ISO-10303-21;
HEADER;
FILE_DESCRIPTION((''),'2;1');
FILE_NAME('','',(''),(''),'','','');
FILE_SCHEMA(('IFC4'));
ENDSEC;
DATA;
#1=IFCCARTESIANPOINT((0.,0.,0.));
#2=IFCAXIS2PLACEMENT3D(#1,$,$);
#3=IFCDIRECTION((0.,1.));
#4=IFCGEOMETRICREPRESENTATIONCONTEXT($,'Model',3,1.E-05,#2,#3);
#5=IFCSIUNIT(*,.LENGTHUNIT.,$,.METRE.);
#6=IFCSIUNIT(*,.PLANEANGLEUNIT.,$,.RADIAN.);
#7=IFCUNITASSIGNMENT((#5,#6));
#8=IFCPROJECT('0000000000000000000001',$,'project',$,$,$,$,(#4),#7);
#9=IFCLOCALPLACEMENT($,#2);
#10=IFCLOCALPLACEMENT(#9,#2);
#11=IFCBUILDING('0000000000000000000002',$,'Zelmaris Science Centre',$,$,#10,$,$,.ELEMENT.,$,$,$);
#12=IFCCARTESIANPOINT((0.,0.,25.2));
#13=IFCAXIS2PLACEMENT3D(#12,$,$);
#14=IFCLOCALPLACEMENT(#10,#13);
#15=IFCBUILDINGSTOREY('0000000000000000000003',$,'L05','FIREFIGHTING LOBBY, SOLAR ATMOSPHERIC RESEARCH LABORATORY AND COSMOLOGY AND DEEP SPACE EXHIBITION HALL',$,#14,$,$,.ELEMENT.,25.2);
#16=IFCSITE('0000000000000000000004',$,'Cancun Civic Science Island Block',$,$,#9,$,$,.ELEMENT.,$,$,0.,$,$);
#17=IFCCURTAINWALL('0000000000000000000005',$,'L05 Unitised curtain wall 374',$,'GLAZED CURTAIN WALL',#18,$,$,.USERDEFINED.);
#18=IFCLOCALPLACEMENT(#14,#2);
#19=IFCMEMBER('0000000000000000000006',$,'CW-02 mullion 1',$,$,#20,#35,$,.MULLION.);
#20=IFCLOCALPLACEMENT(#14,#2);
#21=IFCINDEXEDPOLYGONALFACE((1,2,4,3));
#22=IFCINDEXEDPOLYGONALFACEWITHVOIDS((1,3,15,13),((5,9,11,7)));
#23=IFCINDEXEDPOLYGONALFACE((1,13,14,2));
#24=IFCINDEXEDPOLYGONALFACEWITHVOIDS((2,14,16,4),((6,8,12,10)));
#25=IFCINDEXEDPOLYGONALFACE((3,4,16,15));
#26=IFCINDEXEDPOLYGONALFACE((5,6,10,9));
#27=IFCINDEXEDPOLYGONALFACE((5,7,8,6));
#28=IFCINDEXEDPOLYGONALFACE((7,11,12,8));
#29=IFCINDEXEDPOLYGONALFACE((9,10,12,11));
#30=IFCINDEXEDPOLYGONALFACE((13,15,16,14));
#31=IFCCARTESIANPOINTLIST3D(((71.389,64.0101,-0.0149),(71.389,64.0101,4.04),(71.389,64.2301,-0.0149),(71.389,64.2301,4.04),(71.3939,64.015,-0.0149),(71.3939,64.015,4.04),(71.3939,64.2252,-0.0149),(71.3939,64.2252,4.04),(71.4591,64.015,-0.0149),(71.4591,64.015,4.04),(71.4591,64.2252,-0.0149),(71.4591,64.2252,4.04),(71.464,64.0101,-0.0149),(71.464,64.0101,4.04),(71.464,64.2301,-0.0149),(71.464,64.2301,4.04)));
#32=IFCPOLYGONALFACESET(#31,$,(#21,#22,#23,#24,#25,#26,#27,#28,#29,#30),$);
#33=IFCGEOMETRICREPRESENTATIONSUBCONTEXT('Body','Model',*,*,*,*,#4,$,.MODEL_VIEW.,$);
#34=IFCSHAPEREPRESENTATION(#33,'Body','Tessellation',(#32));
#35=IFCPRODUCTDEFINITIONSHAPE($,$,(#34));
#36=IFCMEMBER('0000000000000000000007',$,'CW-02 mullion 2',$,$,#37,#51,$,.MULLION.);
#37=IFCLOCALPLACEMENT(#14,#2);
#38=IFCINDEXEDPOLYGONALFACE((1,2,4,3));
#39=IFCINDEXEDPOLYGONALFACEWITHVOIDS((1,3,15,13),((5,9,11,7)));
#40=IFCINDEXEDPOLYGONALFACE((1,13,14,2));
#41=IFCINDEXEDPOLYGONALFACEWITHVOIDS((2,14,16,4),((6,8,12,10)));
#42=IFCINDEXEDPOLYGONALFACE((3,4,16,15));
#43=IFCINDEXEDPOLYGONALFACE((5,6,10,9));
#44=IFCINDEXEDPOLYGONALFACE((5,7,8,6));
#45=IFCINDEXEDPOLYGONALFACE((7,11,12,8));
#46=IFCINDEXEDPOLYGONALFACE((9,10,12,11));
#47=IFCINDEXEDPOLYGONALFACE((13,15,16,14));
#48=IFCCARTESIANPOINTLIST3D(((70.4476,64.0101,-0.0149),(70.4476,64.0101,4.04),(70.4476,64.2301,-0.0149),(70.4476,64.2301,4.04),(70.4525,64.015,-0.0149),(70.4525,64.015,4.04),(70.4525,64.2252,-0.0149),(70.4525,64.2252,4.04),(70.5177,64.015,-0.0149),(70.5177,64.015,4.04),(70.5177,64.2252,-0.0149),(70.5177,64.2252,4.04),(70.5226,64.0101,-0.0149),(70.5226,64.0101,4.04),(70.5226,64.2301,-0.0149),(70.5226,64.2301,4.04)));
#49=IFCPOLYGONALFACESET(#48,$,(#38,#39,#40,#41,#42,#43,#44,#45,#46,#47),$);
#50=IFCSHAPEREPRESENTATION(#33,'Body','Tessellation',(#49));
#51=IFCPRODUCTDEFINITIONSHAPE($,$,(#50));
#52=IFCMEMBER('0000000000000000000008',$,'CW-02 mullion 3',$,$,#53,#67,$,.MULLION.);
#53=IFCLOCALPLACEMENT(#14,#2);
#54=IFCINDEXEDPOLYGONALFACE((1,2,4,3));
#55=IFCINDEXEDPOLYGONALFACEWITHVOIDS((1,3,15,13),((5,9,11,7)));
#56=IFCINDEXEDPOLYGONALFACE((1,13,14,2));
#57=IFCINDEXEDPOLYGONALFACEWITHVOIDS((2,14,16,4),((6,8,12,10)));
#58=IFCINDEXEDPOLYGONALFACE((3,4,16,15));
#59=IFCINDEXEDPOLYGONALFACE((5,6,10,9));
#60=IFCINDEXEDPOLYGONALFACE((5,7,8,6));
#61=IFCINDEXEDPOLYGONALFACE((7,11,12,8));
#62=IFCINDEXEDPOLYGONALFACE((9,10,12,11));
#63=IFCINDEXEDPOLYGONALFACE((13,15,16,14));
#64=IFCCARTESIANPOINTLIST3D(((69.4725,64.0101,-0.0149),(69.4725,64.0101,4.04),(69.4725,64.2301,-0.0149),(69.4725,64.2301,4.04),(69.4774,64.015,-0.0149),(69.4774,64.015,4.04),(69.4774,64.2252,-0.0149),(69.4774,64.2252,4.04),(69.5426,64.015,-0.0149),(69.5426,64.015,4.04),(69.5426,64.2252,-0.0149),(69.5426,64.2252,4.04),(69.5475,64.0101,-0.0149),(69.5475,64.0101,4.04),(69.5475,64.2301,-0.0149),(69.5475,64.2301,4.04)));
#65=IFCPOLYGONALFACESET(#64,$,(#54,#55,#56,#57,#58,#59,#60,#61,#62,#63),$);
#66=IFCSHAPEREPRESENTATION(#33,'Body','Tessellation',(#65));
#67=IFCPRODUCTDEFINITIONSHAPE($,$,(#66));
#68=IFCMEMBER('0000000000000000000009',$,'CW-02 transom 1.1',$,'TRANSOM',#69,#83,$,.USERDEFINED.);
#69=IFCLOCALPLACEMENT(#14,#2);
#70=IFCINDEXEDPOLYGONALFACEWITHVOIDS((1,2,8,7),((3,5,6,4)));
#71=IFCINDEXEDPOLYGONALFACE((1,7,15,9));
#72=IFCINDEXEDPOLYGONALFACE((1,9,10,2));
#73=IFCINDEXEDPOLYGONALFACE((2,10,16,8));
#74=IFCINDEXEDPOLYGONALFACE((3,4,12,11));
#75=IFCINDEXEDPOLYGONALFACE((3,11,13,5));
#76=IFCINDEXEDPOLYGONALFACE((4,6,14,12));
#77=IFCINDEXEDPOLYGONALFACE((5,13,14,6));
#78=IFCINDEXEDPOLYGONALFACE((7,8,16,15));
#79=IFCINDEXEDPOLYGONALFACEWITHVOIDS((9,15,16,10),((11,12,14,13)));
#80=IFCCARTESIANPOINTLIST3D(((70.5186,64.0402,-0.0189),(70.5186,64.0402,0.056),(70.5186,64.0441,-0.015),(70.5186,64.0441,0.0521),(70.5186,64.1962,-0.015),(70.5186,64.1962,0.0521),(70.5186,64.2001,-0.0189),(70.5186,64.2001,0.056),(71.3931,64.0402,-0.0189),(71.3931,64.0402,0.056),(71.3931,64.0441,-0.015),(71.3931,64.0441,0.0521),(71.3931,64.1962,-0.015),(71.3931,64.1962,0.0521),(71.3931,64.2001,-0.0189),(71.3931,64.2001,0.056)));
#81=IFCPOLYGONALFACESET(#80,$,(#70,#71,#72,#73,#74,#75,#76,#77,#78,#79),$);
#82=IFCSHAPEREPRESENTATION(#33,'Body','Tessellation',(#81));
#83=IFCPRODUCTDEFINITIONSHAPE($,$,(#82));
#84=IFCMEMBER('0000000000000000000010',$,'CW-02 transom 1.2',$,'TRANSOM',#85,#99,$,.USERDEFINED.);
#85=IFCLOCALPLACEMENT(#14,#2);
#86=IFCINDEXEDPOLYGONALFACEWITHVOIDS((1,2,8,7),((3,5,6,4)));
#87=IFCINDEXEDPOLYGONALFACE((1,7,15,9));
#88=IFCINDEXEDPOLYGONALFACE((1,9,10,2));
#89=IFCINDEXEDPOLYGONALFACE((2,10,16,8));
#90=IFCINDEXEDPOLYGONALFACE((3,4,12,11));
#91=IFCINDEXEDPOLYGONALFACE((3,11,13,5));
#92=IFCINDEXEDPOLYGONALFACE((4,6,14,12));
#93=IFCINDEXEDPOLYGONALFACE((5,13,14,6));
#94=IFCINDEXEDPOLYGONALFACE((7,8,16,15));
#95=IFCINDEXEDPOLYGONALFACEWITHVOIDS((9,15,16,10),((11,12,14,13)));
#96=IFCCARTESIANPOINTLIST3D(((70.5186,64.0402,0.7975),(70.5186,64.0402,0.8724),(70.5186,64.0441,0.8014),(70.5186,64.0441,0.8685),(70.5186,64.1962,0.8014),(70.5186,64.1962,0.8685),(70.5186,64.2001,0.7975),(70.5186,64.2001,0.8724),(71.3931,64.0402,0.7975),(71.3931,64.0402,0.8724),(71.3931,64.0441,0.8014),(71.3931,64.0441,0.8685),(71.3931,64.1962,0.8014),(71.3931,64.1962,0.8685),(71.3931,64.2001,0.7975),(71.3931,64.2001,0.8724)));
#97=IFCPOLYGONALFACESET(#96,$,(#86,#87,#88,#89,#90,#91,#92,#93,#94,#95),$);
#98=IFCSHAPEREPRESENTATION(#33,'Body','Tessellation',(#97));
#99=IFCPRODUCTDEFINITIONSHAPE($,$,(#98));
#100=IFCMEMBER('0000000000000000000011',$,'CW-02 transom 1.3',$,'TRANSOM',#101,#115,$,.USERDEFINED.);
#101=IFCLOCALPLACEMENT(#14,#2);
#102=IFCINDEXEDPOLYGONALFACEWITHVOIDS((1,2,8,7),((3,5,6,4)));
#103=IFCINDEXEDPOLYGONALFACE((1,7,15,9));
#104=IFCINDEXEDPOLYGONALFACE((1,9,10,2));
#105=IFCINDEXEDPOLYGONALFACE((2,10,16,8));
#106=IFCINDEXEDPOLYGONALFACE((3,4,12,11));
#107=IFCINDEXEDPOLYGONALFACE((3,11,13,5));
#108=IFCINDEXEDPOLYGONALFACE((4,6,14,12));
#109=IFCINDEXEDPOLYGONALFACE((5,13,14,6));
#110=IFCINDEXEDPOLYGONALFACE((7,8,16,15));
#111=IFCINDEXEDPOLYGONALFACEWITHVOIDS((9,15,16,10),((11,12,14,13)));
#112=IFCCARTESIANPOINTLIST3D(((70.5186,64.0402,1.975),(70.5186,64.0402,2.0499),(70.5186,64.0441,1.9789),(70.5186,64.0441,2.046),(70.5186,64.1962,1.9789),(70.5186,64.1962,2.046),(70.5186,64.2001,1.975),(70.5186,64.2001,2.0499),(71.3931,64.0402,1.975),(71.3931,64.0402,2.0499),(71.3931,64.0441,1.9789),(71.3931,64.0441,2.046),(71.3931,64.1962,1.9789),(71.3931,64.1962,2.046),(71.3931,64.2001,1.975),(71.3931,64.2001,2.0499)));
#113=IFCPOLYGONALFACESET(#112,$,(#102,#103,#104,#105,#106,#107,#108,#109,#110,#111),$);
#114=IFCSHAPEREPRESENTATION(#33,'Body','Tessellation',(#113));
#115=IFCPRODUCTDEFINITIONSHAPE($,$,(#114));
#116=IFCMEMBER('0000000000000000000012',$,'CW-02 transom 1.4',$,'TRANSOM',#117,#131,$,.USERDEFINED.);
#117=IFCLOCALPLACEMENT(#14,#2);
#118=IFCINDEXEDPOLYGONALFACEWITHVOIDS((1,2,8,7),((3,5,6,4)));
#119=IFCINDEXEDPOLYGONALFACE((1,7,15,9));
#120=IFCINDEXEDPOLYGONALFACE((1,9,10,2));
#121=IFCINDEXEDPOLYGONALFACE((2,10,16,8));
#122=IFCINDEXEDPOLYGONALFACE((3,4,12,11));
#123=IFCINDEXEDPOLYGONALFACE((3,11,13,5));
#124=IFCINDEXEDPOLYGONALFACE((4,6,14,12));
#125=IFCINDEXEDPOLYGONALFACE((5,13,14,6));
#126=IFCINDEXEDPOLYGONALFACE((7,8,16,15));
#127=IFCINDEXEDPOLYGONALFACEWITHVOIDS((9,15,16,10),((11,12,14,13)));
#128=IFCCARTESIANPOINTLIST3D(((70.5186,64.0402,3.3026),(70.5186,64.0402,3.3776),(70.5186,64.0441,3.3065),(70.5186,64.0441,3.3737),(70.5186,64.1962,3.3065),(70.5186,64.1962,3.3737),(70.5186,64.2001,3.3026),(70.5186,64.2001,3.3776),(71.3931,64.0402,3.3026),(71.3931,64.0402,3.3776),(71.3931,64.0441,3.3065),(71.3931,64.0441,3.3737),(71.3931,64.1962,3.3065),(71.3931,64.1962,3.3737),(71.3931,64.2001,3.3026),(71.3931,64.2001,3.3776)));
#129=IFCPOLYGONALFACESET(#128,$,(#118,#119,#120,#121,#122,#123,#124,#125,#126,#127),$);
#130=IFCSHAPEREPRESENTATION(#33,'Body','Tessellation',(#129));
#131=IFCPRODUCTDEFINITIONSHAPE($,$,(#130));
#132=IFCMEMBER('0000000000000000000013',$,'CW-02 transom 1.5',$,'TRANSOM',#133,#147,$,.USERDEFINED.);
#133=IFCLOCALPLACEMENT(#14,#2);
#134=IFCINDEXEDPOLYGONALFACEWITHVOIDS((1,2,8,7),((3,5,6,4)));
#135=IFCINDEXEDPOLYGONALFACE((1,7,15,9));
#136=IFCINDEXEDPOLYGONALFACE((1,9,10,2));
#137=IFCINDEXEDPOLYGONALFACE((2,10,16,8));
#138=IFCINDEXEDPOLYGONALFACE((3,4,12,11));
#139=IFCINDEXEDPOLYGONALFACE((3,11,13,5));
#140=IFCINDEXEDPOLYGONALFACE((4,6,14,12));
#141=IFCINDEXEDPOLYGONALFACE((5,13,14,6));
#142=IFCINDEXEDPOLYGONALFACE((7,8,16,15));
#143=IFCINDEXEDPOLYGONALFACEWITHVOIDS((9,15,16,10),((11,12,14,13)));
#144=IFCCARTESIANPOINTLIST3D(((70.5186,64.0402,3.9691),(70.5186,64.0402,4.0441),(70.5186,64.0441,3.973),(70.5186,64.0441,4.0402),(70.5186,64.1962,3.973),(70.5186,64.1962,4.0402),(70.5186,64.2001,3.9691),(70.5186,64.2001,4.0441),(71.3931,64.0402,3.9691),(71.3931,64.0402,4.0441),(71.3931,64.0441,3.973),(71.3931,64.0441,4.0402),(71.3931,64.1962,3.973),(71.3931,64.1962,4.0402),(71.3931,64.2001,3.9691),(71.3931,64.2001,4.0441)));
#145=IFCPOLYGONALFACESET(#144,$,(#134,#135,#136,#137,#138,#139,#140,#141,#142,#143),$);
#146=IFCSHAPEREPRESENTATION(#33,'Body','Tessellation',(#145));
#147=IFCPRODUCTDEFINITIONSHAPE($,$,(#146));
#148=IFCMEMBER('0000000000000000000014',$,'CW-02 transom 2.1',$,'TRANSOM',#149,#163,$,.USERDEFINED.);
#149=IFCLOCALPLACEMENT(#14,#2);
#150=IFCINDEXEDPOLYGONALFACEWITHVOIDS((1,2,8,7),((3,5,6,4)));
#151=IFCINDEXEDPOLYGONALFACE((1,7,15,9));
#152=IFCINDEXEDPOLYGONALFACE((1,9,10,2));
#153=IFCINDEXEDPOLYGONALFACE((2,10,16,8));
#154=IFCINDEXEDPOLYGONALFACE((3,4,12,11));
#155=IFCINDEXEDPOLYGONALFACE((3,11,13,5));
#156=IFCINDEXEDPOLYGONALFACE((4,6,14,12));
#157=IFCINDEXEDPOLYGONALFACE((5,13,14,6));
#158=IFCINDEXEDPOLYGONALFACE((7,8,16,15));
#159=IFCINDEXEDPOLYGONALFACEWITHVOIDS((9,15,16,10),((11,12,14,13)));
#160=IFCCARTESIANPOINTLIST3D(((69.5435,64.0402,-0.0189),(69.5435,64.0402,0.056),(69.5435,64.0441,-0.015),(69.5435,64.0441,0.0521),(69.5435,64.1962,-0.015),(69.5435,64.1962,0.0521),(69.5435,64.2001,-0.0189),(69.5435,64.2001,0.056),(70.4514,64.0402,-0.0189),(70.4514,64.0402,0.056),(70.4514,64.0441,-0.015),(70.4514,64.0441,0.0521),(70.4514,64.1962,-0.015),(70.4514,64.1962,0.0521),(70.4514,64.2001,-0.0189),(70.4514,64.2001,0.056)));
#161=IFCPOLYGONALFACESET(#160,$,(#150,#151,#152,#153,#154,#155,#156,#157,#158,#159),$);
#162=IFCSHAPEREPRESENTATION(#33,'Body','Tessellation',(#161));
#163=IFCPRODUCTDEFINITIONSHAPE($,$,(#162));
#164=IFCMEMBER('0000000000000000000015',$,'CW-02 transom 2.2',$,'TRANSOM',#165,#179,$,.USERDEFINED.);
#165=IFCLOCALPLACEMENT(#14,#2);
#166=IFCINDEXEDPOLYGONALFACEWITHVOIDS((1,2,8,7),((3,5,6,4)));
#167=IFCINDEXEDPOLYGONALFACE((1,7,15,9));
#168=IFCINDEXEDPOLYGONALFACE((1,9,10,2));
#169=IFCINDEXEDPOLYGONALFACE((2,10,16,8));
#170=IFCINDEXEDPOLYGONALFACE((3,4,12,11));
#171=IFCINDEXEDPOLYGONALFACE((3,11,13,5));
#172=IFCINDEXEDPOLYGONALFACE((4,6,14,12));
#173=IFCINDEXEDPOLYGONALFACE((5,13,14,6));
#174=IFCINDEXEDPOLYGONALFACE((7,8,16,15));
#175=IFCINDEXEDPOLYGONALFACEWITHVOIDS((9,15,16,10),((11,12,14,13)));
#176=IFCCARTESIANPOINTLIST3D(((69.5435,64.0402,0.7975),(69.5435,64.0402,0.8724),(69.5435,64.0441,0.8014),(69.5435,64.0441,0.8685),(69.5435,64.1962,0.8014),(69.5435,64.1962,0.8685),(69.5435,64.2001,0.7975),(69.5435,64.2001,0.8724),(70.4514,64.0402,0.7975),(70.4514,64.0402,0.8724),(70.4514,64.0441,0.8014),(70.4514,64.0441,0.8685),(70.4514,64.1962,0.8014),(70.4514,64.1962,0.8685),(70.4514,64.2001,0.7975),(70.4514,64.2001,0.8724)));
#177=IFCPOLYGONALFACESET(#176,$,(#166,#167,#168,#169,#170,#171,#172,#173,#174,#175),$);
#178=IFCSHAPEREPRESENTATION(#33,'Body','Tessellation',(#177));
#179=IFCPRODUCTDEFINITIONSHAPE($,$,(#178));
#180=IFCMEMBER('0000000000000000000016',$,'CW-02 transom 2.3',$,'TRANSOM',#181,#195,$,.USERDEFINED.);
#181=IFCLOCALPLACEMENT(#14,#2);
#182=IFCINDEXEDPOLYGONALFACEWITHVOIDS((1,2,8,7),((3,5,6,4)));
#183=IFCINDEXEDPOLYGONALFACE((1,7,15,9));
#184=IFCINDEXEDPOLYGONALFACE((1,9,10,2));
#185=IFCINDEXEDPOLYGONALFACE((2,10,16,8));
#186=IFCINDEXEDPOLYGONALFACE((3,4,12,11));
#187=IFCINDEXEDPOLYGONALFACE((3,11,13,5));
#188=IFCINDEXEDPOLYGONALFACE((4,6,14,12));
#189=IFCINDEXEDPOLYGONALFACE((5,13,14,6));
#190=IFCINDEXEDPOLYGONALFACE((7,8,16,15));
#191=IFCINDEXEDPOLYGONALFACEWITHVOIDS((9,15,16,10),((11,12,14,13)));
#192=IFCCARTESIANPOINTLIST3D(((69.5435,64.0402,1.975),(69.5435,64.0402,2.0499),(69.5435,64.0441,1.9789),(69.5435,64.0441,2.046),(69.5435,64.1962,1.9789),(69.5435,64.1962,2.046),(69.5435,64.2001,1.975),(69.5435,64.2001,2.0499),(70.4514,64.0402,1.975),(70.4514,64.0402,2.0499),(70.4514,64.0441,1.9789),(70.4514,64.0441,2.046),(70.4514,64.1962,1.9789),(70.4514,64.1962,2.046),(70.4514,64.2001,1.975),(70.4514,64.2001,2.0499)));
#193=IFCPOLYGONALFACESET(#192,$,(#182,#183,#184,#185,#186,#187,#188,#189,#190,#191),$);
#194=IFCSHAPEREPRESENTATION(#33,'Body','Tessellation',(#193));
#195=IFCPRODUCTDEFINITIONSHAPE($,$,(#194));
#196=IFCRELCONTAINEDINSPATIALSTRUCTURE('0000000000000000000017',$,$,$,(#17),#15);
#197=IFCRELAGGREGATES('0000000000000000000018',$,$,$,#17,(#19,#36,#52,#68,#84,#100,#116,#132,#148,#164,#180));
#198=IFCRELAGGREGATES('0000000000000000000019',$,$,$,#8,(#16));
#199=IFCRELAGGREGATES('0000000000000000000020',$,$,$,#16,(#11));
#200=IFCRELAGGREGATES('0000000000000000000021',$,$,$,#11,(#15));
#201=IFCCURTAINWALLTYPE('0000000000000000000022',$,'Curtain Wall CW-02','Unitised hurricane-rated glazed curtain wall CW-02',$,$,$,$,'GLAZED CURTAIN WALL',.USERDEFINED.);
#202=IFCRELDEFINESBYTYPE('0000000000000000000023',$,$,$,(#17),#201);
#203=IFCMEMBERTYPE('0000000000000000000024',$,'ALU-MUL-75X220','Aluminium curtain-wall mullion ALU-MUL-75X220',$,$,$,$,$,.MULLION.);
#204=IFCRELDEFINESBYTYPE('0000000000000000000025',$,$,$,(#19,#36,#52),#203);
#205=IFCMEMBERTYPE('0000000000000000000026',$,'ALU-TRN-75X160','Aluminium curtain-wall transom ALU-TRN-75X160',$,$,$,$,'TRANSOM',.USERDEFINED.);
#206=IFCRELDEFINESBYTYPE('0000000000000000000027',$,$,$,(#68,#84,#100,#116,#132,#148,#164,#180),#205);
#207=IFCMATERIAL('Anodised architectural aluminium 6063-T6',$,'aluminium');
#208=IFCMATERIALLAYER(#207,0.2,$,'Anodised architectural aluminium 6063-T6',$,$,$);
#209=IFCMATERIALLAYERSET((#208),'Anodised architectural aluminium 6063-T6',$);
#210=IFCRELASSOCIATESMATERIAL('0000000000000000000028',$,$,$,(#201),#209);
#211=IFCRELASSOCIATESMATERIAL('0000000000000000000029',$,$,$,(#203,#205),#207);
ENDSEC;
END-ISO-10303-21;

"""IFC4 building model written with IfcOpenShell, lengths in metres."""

from ifc_helpers import new_model, si_unit, direction, frame, origin, origin_2d, place, context, subcontext, project, spatial, hollow_rectangle, extrude, material, layer, layer_set, material_profile, profile_set, type_object, element, aggregate, save


model = new_model("IFC4")

# Units and contexts
model_context = context("Model", 3, precision=1e-05, world=origin(), true_north=direction((0.0, 1.0)))
body_context = subcontext(model_context, "Body", "Model", "MODEL_VIEW")
ifc_project = project(units=[si_unit("LENGTHUNIT", "METRE"), si_unit("PLANEANGLEUNIT", "RADIAN")], contexts=[model_context])

# Site, building, storey
site_placement = place(None, origin())
site = spatial("IfcSite", under=ifc_project, at=site_placement, Name="Cancun Civic Science Island Block", CompositionType="ELEMENT", RefElevation=0.0)
building_placement = place(site_placement, origin())
building = spatial("IfcBuilding", under=site, at=building_placement, Name="Zelmaris Science Centre", CompositionType="ELEMENT")
storey_placement = place(building_placement, frame((0.0, 0.0, 25.2)))
storey = spatial("IfcBuildingStorey", under=building, at=storey_placement, Name="L05", Description="FIREFIGHTING LOBBY, SOLAR ATMOSPHERIC RESEARCH LABORATORY AND COSMOLOGY AND DEEP SPACE EXHIBITION HALL", CompositionType="ELEMENT", Elevation=25.2)

# Curtain wall, members
ifc_material_1 = material(Name="Anodised architectural aluminium 6063-T6", Category="aluminium")
ifc_layer_1 = layer(ifc_material_1, 0.2, Name="Anodised architectural aluminium 6063-T6")
ifc_layer_set_1 = layer_set([ifc_layer_1], Name="Anodised architectural aluminium 6063-T6")
curtain_wall_type = type_object("IfcCurtainWallType", Name="Curtain Wall CW-02", Description="Unitised hurricane-rated glazed curtain wall CW-02", ElementType="GLAZED CURTAIN WALL", PredefinedType="USERDEFINED", material=ifc_layer_set_1)
curtain_wall_placement = place(storey_placement, origin())
curtain_wall = element("IfcCurtainWall", 1, at=curtain_wall_placement, inside=storey, type_object=curtain_wall_type, Name="L05 Unitised curtain wall 374", ObjectType="GLAZED CURTAIN WALL", PredefinedType="USERDEFINED")
ifc_material_profile_1 = material_profile(ifc_material_1, hollow_rectangle(XDim=0.075, YDim=0.22, WallThickness=0.0049, at=origin_2d()), Name="ALU-MUL-75X220")
ifc_profile_set_1 = profile_set([ifc_material_profile_1], Name="Anodised architectural aluminium 6063-T6")
member_type_1 = type_object("IfcMemberType", Name="ALU-MUL-75X220", Description="Aluminium curtain-wall mullion ALU-MUL-75X220", PredefinedType="MULLION", material=ifc_profile_set_1)
member_1_placement = place(storey_placement, frame((71.4265, 64.1201, -0.0149), z_axis=(0.0, 0.0, 1.0), x_axis=(-1.0, 0.000005, 0.0)))
member_1 = element("IfcMember", 2, at=member_1_placement, type_object=member_type_1, Name="CW-02 mullion 1", PredefinedType="MULLION", context=body_context, shape_type="SweptSolid", body=[
    extrude(hollow_rectangle(XDim=0.075, YDim=0.22, WallThickness=0.0049, at=origin_2d()), origin(), (0.0, 0.0, 1.0), 4.0549),
])
member_2_placement = place(storey_placement, frame((70.4851, 64.1201, -0.0149), z_axis=(0.0, 0.0, 1.0), x_axis=(-1.0, 0.000005, 0.0)))
member_2 = element("IfcMember", 3, at=member_2_placement, type_object=member_type_1, Name="CW-02 mullion 2", PredefinedType="MULLION", context=body_context, shape_type="SweptSolid", body=[
    extrude(hollow_rectangle(XDim=0.075, YDim=0.22, WallThickness=0.0049, at=origin_2d()), origin(), (0.0, 0.0, 1.0), 4.0549),
])
member_3_placement = place(storey_placement, frame((69.51, 64.1201, -0.0149), z_axis=(0.0, 0.0, 1.0), x_axis=(-1.0, 0.000005, 0.0)))
member_3 = element("IfcMember", 4, at=member_3_placement, type_object=member_type_1, Name="CW-02 mullion 3", PredefinedType="MULLION", context=body_context, shape_type="SweptSolid", body=[
    extrude(hollow_rectangle(XDim=0.075, YDim=0.22, WallThickness=0.0049, at=origin_2d()), origin(), (0.0, 0.0, 1.0), 4.0549),
])
ifc_material_profile_2 = material_profile(ifc_material_1, hollow_rectangle(XDim=0.075, YDim=0.1599, WallThickness=0.0039, at=origin_2d()), Name="ALU-TRN-75X160")
ifc_profile_set_2 = profile_set([ifc_material_profile_2], Name="Anodised architectural aluminium 6063-T6")
member_type_2 = type_object("IfcMemberType", Name="ALU-TRN-75X160", Description="Aluminium curtain-wall transom ALU-TRN-75X160", ElementType="TRANSOM", PredefinedType="USERDEFINED", material=ifc_profile_set_2)
member_4_placement = place(storey_placement, frame((71.3931, 64.1201, 0.0186), z_axis=(-1.0, 0.0, 0.0), x_axis=(0.0, 0.0, 1.0)))
member_4 = element("IfcMember", 5, at=member_4_placement, type_object=member_type_2, Name="CW-02 transom 1.1", ObjectType="TRANSOM", PredefinedType="USERDEFINED", context=body_context, shape_type="SweptSolid", body=[
    extrude(hollow_rectangle(XDim=0.075, YDim=0.1599, WallThickness=0.0039, at=origin_2d()), origin(), (0.0, 0.0, 1.0), 0.8745),
])
member_5_placement = place(storey_placement, frame((71.3931, 64.1201, 0.835), z_axis=(-1.0, 0.0, 0.0), x_axis=(0.0, 0.0, 1.0)))
member_5 = element("IfcMember", 6, at=member_5_placement, type_object=member_type_2, Name="CW-02 transom 1.2", ObjectType="TRANSOM", PredefinedType="USERDEFINED", context=body_context, shape_type="SweptSolid", body=[
    extrude(hollow_rectangle(XDim=0.075, YDim=0.1599, WallThickness=0.0039, at=origin_2d()), origin(), (0.0, 0.0, 1.0), 0.8745),
])
member_6_placement = place(storey_placement, frame((71.3931, 64.1201, 2.0125), z_axis=(-1.0, 0.0, 0.0), x_axis=(0.0, 0.0, 1.0)))
member_6 = element("IfcMember", 7, at=member_6_placement, type_object=member_type_2, Name="CW-02 transom 1.3", ObjectType="TRANSOM", PredefinedType="USERDEFINED", context=body_context, shape_type="SweptSolid", body=[
    extrude(hollow_rectangle(XDim=0.075, YDim=0.1599, WallThickness=0.0039, at=origin_2d()), origin(), (0.0, 0.0, 1.0), 0.8745),
])
member_7_placement = place(storey_placement, frame((71.3931, 64.1201, 3.3401), z_axis=(-1.0, 0.0, 0.0), x_axis=(0.0, 0.0, 1.0)))
member_7 = element("IfcMember", 8, at=member_7_placement, type_object=member_type_2, Name="CW-02 transom 1.4", ObjectType="TRANSOM", PredefinedType="USERDEFINED", context=body_context, shape_type="SweptSolid", body=[
    extrude(hollow_rectangle(XDim=0.075, YDim=0.1599, WallThickness=0.0039, at=origin_2d()), origin(), (0.0, 0.0, 1.0), 0.8745),
])
member_8_placement = place(storey_placement, frame((71.3931, 64.1201, 4.0066), z_axis=(-1.0, 0.0, 0.0), x_axis=(0.0, 0.0, 1.0)))
member_8 = element("IfcMember", 9, at=member_8_placement, type_object=member_type_2, Name="CW-02 transom 1.5", ObjectType="TRANSOM", PredefinedType="USERDEFINED", context=body_context, shape_type="SweptSolid", body=[
    extrude(hollow_rectangle(XDim=0.075, YDim=0.1599, WallThickness=0.0039, at=origin_2d()), origin(), (0.0, 0.0, 1.0), 0.8745),
])
member_9_placement = place(storey_placement, frame((70.4514, 64.1201, 0.0186), z_axis=(-1.0, 0.0, 0.0), x_axis=(0.0, 0.0, 1.0)))
member_9 = element("IfcMember", 10, at=member_9_placement, type_object=member_type_2, Name="CW-02 transom 2.1", ObjectType="TRANSOM", PredefinedType="USERDEFINED", context=body_context, shape_type="SweptSolid", body=[
    extrude(hollow_rectangle(XDim=0.075, YDim=0.1599, WallThickness=0.0039, at=origin_2d()), origin(), (0.0, 0.0, 1.0), 0.908),
])
member_10_placement = place(storey_placement, frame((70.4514, 64.1201, 0.835), z_axis=(-1.0, 0.0, 0.0), x_axis=(0.0, 0.0, 1.0)))
member_10 = element("IfcMember", 11, at=member_10_placement, type_object=member_type_2, Name="CW-02 transom 2.2", ObjectType="TRANSOM", PredefinedType="USERDEFINED", context=body_context, shape_type="SweptSolid", body=[
    extrude(hollow_rectangle(XDim=0.075, YDim=0.1599, WallThickness=0.0039, at=origin_2d()), origin(), (0.0, 0.0, 1.0), 0.908),
])
member_11_placement = place(storey_placement, frame((70.4514, 64.1201, 2.0125), z_axis=(-1.0, 0.0, 0.0), x_axis=(0.0, 0.0, 1.0)))
member_11 = element("IfcMember", 12, at=member_11_placement, type_object=member_type_2, Name="CW-02 transom 2.3", ObjectType="TRANSOM", PredefinedType="USERDEFINED", context=body_context, shape_type="SweptSolid", body=[
    extrude(hollow_rectangle(XDim=0.075, YDim=0.1599, WallThickness=0.0039, at=origin_2d()), origin(), (0.0, 0.0, 1.0), 0.908),
])
aggregate(curtain_wall, [member_1, member_2, member_3, member_4, member_5, member_6, member_7, member_8, member_9, member_10, member_11])

save(model, "model.ifc")
